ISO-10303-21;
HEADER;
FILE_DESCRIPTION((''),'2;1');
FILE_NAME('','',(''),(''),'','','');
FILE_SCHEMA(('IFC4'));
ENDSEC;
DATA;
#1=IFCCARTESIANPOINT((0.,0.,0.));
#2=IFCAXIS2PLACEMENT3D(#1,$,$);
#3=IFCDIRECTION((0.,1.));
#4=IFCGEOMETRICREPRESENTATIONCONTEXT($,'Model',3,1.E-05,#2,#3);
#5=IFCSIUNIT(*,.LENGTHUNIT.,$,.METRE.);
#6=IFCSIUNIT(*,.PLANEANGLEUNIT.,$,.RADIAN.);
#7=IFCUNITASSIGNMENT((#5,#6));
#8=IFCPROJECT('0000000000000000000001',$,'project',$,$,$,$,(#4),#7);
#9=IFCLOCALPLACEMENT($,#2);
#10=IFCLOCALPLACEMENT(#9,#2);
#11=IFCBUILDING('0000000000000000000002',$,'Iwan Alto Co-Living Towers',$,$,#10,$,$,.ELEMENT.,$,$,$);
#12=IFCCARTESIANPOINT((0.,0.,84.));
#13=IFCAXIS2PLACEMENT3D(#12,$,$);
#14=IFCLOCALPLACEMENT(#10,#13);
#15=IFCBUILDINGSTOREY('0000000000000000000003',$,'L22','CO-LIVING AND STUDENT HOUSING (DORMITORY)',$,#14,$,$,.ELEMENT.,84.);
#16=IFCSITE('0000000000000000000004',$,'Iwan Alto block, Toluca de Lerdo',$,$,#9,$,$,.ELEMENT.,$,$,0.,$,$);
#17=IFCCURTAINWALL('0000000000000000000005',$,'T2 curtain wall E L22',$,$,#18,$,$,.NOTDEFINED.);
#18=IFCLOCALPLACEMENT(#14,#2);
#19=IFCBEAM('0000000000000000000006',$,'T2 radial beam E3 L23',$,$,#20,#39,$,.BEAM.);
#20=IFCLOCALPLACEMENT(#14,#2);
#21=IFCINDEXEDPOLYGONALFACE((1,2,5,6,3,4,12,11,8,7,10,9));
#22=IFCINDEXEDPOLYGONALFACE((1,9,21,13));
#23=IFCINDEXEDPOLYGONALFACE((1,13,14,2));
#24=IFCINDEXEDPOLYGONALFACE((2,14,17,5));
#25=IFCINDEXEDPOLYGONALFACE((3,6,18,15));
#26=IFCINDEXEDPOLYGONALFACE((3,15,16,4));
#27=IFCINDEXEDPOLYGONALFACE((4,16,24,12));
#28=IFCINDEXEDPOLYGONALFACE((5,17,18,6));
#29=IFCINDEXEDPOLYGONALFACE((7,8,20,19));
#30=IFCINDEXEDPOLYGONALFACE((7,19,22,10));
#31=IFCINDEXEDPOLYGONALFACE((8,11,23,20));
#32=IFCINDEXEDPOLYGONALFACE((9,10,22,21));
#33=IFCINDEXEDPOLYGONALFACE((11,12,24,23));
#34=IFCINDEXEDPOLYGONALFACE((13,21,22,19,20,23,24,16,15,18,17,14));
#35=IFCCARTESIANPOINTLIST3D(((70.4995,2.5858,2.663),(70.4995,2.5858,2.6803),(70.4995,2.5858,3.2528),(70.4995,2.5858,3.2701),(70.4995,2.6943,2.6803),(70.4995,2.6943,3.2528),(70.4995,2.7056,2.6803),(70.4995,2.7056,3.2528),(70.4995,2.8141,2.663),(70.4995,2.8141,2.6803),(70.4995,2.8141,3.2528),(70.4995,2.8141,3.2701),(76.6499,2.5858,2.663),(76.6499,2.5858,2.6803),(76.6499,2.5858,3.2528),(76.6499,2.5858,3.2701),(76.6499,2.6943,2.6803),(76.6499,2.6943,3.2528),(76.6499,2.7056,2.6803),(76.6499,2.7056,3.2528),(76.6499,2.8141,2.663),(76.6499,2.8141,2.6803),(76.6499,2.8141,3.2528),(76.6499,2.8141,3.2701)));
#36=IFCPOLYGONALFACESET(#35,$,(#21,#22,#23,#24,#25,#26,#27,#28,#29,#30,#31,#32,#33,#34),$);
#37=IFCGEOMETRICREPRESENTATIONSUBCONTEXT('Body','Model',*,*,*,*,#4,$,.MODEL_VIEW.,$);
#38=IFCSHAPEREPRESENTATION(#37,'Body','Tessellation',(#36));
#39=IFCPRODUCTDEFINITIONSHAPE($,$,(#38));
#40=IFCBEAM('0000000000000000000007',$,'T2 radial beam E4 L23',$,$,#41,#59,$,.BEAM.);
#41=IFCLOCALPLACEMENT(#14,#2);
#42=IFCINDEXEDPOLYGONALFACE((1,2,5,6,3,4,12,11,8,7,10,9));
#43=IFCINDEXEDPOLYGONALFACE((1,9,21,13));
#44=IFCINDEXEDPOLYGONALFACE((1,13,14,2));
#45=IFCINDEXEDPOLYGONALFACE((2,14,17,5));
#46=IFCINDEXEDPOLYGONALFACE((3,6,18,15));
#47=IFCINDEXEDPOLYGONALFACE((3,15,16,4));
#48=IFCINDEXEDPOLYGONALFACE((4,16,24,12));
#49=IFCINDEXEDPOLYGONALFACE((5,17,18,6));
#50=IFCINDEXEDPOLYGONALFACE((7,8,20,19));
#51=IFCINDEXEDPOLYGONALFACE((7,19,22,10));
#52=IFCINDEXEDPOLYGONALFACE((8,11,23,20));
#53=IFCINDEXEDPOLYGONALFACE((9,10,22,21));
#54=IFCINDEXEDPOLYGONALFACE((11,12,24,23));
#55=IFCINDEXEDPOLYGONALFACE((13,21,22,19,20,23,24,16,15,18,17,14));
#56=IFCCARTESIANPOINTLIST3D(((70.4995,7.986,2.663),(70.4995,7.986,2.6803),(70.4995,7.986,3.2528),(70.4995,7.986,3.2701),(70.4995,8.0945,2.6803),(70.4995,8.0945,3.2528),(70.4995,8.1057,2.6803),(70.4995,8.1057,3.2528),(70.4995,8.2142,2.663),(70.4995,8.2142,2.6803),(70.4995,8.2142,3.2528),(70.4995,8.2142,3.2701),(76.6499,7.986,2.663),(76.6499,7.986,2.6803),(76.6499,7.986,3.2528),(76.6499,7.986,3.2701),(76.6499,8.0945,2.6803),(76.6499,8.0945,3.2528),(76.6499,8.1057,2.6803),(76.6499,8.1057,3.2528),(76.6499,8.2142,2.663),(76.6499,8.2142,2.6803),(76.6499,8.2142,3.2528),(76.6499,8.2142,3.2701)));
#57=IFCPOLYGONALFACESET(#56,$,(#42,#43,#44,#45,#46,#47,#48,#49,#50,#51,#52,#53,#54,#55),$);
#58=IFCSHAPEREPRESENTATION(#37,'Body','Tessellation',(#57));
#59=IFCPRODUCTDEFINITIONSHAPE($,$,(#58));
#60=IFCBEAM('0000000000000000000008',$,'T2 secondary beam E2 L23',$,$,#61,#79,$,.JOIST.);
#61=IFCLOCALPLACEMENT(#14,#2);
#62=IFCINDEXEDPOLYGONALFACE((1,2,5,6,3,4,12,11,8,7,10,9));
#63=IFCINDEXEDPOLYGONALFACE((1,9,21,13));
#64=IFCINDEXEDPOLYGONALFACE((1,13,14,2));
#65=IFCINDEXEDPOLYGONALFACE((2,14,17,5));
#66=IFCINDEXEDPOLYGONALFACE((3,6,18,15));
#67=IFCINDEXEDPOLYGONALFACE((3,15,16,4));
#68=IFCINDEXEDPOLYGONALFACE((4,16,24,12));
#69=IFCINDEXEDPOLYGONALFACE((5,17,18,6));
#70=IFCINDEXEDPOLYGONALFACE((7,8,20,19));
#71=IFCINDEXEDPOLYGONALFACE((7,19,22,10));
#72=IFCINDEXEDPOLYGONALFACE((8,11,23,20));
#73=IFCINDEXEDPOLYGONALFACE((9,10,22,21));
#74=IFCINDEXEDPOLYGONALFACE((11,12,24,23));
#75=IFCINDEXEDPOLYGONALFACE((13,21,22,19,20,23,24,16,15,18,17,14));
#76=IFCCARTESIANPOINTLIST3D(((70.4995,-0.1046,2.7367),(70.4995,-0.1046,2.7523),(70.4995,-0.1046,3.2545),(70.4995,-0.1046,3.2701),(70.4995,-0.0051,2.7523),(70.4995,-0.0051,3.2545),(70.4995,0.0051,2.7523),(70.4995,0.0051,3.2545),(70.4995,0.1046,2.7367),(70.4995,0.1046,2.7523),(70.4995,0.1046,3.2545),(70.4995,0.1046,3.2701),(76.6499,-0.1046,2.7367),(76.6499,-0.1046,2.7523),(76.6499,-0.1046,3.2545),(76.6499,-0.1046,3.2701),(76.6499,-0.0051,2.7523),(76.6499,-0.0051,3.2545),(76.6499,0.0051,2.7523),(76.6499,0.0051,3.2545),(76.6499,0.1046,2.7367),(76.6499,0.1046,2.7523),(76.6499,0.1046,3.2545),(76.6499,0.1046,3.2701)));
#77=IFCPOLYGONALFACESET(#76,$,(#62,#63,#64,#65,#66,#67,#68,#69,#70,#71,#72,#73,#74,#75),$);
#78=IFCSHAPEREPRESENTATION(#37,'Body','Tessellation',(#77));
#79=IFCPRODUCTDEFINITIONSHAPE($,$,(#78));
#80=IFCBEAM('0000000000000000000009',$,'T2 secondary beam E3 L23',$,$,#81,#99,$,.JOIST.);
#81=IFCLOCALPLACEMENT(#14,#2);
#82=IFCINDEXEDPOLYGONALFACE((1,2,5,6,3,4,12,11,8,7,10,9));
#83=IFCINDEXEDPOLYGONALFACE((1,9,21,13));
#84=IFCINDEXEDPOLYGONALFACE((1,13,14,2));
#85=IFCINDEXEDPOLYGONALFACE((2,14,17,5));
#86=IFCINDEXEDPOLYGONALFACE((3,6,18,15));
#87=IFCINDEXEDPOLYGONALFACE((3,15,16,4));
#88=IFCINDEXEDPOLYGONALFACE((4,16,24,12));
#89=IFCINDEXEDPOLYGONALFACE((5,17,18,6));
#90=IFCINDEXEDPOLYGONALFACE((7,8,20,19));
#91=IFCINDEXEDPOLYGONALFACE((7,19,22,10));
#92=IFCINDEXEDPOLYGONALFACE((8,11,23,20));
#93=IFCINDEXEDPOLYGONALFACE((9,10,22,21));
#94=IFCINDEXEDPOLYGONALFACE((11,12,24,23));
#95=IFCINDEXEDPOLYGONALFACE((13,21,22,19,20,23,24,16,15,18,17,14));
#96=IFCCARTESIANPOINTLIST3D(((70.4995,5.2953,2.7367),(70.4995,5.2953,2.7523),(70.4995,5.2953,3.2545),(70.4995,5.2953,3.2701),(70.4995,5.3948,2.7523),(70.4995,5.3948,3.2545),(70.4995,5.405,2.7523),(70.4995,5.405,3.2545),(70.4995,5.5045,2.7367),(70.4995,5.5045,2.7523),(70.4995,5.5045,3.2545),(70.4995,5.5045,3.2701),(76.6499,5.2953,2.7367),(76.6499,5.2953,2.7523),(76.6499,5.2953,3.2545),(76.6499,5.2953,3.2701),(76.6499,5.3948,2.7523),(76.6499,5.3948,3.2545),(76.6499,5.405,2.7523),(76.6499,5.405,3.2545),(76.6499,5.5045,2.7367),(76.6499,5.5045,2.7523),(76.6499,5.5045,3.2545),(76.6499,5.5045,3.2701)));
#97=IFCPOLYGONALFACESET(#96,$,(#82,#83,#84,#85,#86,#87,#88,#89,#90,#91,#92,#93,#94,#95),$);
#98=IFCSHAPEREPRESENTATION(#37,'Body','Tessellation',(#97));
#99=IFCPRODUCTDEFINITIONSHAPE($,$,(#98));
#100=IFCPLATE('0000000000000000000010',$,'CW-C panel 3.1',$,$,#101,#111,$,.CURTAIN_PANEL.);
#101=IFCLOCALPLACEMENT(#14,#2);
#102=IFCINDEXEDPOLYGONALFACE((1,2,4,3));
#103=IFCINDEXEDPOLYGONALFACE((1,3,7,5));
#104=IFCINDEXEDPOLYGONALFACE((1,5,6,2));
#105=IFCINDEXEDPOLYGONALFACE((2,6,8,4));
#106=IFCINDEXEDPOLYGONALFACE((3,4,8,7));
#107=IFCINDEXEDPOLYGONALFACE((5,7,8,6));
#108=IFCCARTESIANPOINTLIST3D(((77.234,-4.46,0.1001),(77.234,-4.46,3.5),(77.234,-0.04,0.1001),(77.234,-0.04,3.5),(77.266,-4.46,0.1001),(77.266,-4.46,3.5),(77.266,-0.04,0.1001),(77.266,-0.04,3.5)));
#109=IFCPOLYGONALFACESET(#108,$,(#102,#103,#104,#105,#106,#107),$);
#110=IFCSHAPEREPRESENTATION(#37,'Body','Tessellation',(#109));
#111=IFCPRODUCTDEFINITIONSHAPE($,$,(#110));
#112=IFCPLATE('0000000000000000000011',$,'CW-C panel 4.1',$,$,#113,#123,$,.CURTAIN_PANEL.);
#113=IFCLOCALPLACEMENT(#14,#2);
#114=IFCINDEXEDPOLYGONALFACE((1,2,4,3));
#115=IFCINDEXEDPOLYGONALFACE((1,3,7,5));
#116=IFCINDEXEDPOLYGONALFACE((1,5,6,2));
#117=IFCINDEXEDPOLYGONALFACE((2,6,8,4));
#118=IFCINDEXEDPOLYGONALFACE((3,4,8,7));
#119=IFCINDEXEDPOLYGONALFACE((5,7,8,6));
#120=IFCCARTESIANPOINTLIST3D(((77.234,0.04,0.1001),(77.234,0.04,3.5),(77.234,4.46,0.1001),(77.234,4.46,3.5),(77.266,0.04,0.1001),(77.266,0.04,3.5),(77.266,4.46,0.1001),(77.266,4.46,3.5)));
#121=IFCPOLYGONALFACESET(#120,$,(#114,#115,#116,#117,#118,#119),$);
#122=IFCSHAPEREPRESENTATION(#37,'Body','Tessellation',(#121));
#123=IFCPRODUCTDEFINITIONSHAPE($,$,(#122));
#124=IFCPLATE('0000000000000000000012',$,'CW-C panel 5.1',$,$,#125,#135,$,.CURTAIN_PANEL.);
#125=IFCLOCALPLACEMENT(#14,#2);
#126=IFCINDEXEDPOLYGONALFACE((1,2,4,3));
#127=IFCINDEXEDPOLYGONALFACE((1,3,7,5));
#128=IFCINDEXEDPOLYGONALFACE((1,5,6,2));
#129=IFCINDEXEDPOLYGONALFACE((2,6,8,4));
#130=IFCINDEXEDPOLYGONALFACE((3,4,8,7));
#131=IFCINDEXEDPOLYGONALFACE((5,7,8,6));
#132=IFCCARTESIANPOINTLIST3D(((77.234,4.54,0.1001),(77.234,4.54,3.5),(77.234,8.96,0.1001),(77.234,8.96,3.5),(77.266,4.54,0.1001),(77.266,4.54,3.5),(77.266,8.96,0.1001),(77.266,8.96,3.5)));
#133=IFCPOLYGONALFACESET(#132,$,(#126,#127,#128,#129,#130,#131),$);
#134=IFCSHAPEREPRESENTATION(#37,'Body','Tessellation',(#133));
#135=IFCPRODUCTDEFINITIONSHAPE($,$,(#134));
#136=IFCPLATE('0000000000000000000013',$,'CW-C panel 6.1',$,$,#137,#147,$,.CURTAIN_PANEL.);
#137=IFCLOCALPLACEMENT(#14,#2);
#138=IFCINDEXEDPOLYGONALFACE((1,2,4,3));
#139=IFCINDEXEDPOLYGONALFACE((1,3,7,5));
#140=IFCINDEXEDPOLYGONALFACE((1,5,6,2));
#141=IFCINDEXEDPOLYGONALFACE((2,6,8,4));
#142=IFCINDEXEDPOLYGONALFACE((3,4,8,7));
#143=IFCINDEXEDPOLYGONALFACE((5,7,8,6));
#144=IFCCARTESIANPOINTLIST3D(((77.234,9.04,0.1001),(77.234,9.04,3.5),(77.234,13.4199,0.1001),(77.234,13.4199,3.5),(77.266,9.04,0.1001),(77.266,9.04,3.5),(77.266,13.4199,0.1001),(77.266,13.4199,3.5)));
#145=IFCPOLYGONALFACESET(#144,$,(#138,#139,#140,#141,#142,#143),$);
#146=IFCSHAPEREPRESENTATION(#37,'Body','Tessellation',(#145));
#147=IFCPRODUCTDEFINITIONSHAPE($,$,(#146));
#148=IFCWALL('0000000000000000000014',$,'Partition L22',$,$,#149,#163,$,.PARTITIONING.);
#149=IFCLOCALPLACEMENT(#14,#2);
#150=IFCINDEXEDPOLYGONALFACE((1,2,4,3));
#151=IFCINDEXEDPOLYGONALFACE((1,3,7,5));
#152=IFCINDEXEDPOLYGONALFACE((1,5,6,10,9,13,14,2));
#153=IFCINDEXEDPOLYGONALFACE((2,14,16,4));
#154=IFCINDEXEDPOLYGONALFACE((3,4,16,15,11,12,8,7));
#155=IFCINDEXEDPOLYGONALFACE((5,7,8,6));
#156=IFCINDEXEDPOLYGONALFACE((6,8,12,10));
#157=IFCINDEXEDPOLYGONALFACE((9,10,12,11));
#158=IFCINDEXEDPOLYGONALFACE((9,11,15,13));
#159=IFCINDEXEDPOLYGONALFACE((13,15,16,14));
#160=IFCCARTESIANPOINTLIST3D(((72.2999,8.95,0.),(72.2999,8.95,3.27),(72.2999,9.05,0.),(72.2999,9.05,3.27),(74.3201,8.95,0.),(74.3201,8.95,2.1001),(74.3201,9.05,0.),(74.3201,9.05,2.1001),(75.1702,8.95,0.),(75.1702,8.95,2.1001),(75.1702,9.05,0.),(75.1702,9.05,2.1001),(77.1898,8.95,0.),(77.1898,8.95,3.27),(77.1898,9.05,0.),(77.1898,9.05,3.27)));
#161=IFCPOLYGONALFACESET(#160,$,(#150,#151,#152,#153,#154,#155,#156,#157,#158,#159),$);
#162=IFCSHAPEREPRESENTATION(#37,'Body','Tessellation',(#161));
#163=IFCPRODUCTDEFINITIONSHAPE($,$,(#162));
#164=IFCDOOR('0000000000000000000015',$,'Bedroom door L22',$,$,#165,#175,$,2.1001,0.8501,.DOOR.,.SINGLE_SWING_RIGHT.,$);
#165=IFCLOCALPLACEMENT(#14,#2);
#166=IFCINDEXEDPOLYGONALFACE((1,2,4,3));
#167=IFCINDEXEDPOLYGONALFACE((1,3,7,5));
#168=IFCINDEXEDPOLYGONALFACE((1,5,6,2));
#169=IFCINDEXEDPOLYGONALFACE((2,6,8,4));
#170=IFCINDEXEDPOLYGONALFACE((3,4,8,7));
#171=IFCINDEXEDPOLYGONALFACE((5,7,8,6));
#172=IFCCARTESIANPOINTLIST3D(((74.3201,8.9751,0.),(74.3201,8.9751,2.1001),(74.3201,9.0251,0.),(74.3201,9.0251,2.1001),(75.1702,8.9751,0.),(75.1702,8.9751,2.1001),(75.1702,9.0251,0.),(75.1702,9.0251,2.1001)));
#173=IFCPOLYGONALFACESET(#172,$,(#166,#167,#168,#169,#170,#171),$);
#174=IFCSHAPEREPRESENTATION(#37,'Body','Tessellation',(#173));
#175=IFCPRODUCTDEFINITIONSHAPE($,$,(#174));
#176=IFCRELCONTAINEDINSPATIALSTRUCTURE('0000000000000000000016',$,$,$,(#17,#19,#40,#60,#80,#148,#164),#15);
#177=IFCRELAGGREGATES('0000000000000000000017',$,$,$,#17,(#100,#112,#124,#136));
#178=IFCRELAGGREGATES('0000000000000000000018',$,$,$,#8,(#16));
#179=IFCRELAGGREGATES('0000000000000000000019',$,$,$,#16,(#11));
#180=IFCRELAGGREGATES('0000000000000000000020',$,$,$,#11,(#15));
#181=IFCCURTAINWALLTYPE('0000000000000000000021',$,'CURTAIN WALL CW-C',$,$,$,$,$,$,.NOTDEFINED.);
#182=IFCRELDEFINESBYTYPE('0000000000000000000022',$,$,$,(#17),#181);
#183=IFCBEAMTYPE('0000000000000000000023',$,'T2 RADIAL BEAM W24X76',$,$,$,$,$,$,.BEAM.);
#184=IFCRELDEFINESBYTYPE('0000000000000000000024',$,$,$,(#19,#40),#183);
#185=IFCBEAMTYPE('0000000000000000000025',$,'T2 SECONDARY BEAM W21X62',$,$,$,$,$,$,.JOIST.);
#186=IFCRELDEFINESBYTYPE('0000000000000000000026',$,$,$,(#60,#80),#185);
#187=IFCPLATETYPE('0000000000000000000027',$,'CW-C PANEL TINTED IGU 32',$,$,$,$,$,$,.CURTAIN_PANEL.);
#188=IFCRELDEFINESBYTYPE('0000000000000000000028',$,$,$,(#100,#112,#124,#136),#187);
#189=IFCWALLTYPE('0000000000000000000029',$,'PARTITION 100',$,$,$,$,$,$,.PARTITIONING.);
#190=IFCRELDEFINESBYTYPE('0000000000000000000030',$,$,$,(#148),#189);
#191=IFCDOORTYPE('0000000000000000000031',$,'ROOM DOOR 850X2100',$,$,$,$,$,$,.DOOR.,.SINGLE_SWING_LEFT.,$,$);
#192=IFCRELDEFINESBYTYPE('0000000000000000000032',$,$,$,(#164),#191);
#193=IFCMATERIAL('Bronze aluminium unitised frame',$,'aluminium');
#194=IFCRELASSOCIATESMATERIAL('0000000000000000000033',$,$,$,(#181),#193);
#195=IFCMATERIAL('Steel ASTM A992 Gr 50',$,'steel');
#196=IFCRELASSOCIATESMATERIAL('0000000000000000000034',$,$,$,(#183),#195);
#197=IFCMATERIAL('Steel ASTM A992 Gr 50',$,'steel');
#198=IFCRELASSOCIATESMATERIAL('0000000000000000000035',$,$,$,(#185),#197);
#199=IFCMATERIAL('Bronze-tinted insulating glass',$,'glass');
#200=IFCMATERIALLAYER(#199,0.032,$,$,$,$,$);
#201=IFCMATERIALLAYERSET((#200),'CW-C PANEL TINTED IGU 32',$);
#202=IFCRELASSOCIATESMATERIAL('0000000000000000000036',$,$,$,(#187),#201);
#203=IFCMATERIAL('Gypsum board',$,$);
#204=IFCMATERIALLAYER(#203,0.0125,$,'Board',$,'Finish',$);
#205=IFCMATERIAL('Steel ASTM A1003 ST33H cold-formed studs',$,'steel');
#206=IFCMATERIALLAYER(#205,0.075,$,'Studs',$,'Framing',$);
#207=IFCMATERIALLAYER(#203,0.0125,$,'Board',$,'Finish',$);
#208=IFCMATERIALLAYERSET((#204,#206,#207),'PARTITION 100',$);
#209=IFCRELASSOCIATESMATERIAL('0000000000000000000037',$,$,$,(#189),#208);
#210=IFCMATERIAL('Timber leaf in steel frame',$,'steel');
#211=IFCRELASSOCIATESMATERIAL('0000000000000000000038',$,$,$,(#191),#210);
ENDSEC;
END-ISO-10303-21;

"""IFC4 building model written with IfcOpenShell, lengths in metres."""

from ifc_helpers import new_model, si_unit, direction, frame, frame_2d, origin, origin_2d, place, context, subcontext, project, spatial, rectangle, i_section, extrude, material, layer, layer_set, material_profile, profile_set, type_object, element, fill, aggregate, save


model = new_model("IFC4")

# Units and contexts
model_context = context("Model", 3, precision=1e-05, world=origin(), true_north=direction((0.0, 1.0)))
body_context = subcontext(model_context, "Body", "Model", "MODEL_VIEW")
ifc_project = project(units=[si_unit("LENGTHUNIT", "METRE"), si_unit("PLANEANGLEUNIT", "RADIAN")], contexts=[model_context])

# Site, building, storey
site_placement = place(None, origin())
site = spatial("IfcSite", under=ifc_project, at=site_placement, Name="Iwan Alto block, Toluca de Lerdo", CompositionType="ELEMENT", RefElevation=0.0)
building_placement = place(site_placement, origin())
building = spatial("IfcBuilding", under=site, at=building_placement, Name="Iwan Alto Co-Living Towers", CompositionType="ELEMENT")
storey_placement = place(building_placement, frame((0.0, 0.0, 84.0)))
storey = spatial("IfcBuildingStorey", under=building, at=storey_placement, Name="L22", Description="CO-LIVING AND STUDENT HOUSING (DORMITORY)", CompositionType="ELEMENT", Elevation=84.0)

# Curtain wall
ifc_material_1 = material(Name="Bronze aluminium unitised frame", Category="aluminium")
curtain_wall_type = type_object("IfcCurtainWallType", Name="CURTAIN WALL CW-C", PredefinedType="NOTDEFINED", material=ifc_material_1)
curtain_wall_placement = place(storey_placement, origin())
curtain_wall = element("IfcCurtainWall", 1, at=curtain_wall_placement, inside=storey, type_object=curtain_wall_type, Name="T2 curtain wall E L22", PredefinedType="NOTDEFINED")

# Beams
ifc_material_2 = material(Name="Steel ASTM A992 Gr 50", Category="steel")
ifc_material_profile_1 = material_profile(ifc_material_2, i_section(OverallWidth=0.2283, OverallDepth=0.6072, WebThickness=0.0112, FlangeThickness=0.0173, at=origin_2d()), Name="W24X76")
ifc_profile_set_1 = profile_set([ifc_material_profile_1], Name="Steel ASTM A992 Gr 50")
beam_type_1 = type_object("IfcBeamType", Name="T2 RADIAL BEAM W24X76", PredefinedType="BEAM", material=ifc_profile_set_1)
for number, where, z_axis, x_axis, name in (
    (2, (76.6499, 2.7, 2.9666), (-1.0, 0.0, 0.0), (0.0, -1.0, 0.0), "T2 radial beam E3 L23"),
    (3, (76.6499, 8.1001, 2.9666), (-1.0, 0.0, 0.0), (0.0, -1.0, 0.0), "T2 radial beam E4 L23"),
):
    element("IfcBeam", number, at=place(storey_placement, frame(where, z_axis=z_axis, x_axis=x_axis)), inside=storey, type_object=beam_type_1, Name=name, PredefinedType="BEAM", context=body_context, shape_type="SweptSolid", body=[
        extrude(i_section(OverallWidth=0.2283, OverallDepth=0.6072, WebThickness=0.0112, FlangeThickness=0.0173, at=origin_2d()), origin(), (0.0, 0.0, 1.0), 6.1504),
    ])
ifc_material_3 = material(Name="Steel ASTM A992 Gr 50", Category="steel")
ifc_material_profile_2 = material_profile(ifc_material_3, i_section(OverallWidth=0.2092, OverallDepth=0.5334, WebThickness=0.0103, FlangeThickness=0.0156, at=origin_2d()), Name="W21X62")
ifc_profile_set_2 = profile_set([ifc_material_profile_2], Name="Steel ASTM A992 Gr 50")
beam_type_2 = type_object("IfcBeamType", Name="T2 SECONDARY BEAM W21X62", PredefinedType="JOIST", material=ifc_profile_set_2)
for number, where, z_axis, x_axis, name in (
    (4, (76.6499, 0.0, 3.0034), (-1.0, 0.0, 0.0), (0.0, -1.0, 0.0), "T2 secondary beam E2 L23"),
    (5, (76.6499, 5.3999, 3.0034), (-1.0, 0.0, 0.0), (0.0, -1.0, 0.0), "T2 secondary beam E3 L23"),
):
    element("IfcBeam", number, at=place(storey_placement, frame(where, z_axis=z_axis, x_axis=x_axis)), inside=storey, type_object=beam_type_2, Name=name, PredefinedType="JOIST", context=body_context, shape_type="SweptSolid", body=[
        extrude(i_section(OverallWidth=0.2092, OverallDepth=0.5334, WebThickness=0.0103, FlangeThickness=0.0156, at=origin_2d()), origin(), (0.0, 0.0, 1.0), 6.1504),
    ])

# Plates
ifc_material_4 = material(Name="Bronze-tinted insulating glass", Category="glass")
ifc_layer_1 = layer(ifc_material_4, 0.032)
ifc_layer_set_1 = layer_set([ifc_layer_1], Name="CW-C PANEL TINTED IGU 32")
plate_type = type_object("IfcPlateType", Name="CW-C PANEL TINTED IGU 32", PredefinedType="CURTAIN_PANEL", material=ifc_layer_set_1)
plate_1_placement = place(storey_placement, frame((77.25, -2.25, 0.1001), z_axis=(0.0, 0.0, 1.0), x_axis=(0.0, 1.0, 0.0)))
plate_1 = element("IfcPlate", 6, at=plate_1_placement, type_object=plate_type, Name="CW-C panel 3.1", PredefinedType="CURTAIN_PANEL", context=body_context, shape_type="SweptSolid", body=[
    extrude(rectangle(XDim=4.4199, YDim=0.032, at=origin_2d()), origin(), (0.0, 0.0, 1.0), 3.3999),
])
plate_2_placement = place(storey_placement, frame((77.25, 2.25, 0.1001), z_axis=(0.0, 0.0, 1.0), x_axis=(0.0, 1.0, 0.0)))
plate_2 = element("IfcPlate", 7, at=plate_2_placement, type_object=plate_type, Name="CW-C panel 4.1", PredefinedType="CURTAIN_PANEL", context=body_context, shape_type="SweptSolid", body=[
    extrude(rectangle(XDim=4.4199, YDim=0.032, at=origin_2d()), origin(), (0.0, 0.0, 1.0), 3.3999),
])
plate_3_placement = place(storey_placement, frame((77.25, 6.75, 0.1001), z_axis=(0.0, 0.0, 1.0), x_axis=(0.0, 1.0, 0.0)))
plate_3 = element("IfcPlate", 8, at=plate_3_placement, type_object=plate_type, Name="CW-C panel 5.1", PredefinedType="CURTAIN_PANEL", context=body_context, shape_type="SweptSolid", body=[
    extrude(rectangle(XDim=4.4199, YDim=0.032, at=origin_2d()), origin(), (0.0, 0.0, 1.0), 3.3999),
])
plate_4_placement = place(storey_placement, frame((77.25, 11.23, 0.1001), z_axis=(0.0, 0.0, 1.0), x_axis=(0.0, 1.0, 0.0)))
plate_4 = element("IfcPlate", 9, at=plate_4_placement, type_object=plate_type, Name="CW-C panel 6.1", PredefinedType="CURTAIN_PANEL", context=body_context, shape_type="SweptSolid", body=[
    extrude(rectangle(XDim=4.3799, YDim=0.032, at=origin_2d()), origin(), (0.0, 0.0, 1.0), 3.3999),
])
aggregate(curtain_wall, [plate_1, plate_2, plate_3, plate_4])

# Wall, opening, door
ifc_material_5 = material(Name="Gypsum board")
ifc_layer_2 = layer(ifc_material_5, 0.0125, Name="Board", Category="Finish")
ifc_material_6 = material(Name="Steel ASTM A1003 ST33H cold-formed studs", Category="steel")
ifc_layer_3 = layer(ifc_material_6, 0.075, Name="Studs", Category="Framing")
ifc_layer_4 = layer(ifc_material_5, 0.0125, Name="Board", Category="Finish")
ifc_layer_set_2 = layer_set([ifc_layer_2, ifc_layer_3, ifc_layer_4], Name="PARTITION 100")
wall_type = type_object("IfcWallType", Name="PARTITION 100", PredefinedType="PARTITIONING", material=ifc_layer_set_2)
wall_placement = place(storey_placement, frame((72.3, 9.0, 0.0), z_axis=(0.0, 0.0, 1.0), x_axis=(1.0, 0.0, 0.0)))
wall = element("IfcWall", 10, at=wall_placement, inside=storey, type_object=wall_type, Name="Partition L22", PredefinedType="PARTITIONING", context=body_context, shape_type="SweptSolid", body=[
    extrude(rectangle(XDim=4.8899, YDim=0.1001, at=frame_2d((2.4448, 0.0))), origin(), (0.0, 0.0, 1.0), 3.27),
])
opening_placement = place(wall_placement, frame((2.02, 0.0, 0.0)))
opening = element("IfcOpeningElement", 11, at=opening_placement, cuts=wall, PredefinedType="OPENING", context=body_context, shape_type="SweptSolid", body=[
    extrude(rectangle(XDim=0.8501, YDim=2.1001, at=frame_2d((0.425, 1.05))), frame((0.0, 0.0601, 0.0), z_axis=(0.0, -1.0, 0.0), x_axis=(1.0, 0.0, 0.0)), (0.0, 0.0, 1.0), 0.1201),
])
ifc_material_7 = material(Name="Timber leaf in steel frame", Category="steel")
door_type = type_object("IfcDoorType", Name="ROOM DOOR 850X2100", OperationType="SINGLE_SWING_LEFT", PredefinedType="DOOR", material=ifc_material_7)
door_placement = place(opening_placement, frame((0.8501, 0.0, 0.0), z_axis=(0.0, 0.0, 1.0), x_axis=(-1.0, 0.0, 0.0)))
door = element("IfcDoor", 12, at=door_placement, inside=storey, type_object=door_type, Name="Bedroom door L22", OperationType="SINGLE_SWING_RIGHT", OverallHeight=2.1001, OverallWidth=0.8501, PredefinedType="DOOR", context=body_context, shape_type="SweptSolid", body=[
    extrude(rectangle(XDim=0.8501, YDim=2.1001, at=frame_2d((0.425, 1.05))), frame((0.0, 0.0249, 0.0), z_axis=(0.0, -1.0, 0.0), x_axis=(1.0, 0.0, 0.0)), (0.0, 0.0, 1.0), 0.05),
])
fill(opening, door)

save(model, "model.ifc")
